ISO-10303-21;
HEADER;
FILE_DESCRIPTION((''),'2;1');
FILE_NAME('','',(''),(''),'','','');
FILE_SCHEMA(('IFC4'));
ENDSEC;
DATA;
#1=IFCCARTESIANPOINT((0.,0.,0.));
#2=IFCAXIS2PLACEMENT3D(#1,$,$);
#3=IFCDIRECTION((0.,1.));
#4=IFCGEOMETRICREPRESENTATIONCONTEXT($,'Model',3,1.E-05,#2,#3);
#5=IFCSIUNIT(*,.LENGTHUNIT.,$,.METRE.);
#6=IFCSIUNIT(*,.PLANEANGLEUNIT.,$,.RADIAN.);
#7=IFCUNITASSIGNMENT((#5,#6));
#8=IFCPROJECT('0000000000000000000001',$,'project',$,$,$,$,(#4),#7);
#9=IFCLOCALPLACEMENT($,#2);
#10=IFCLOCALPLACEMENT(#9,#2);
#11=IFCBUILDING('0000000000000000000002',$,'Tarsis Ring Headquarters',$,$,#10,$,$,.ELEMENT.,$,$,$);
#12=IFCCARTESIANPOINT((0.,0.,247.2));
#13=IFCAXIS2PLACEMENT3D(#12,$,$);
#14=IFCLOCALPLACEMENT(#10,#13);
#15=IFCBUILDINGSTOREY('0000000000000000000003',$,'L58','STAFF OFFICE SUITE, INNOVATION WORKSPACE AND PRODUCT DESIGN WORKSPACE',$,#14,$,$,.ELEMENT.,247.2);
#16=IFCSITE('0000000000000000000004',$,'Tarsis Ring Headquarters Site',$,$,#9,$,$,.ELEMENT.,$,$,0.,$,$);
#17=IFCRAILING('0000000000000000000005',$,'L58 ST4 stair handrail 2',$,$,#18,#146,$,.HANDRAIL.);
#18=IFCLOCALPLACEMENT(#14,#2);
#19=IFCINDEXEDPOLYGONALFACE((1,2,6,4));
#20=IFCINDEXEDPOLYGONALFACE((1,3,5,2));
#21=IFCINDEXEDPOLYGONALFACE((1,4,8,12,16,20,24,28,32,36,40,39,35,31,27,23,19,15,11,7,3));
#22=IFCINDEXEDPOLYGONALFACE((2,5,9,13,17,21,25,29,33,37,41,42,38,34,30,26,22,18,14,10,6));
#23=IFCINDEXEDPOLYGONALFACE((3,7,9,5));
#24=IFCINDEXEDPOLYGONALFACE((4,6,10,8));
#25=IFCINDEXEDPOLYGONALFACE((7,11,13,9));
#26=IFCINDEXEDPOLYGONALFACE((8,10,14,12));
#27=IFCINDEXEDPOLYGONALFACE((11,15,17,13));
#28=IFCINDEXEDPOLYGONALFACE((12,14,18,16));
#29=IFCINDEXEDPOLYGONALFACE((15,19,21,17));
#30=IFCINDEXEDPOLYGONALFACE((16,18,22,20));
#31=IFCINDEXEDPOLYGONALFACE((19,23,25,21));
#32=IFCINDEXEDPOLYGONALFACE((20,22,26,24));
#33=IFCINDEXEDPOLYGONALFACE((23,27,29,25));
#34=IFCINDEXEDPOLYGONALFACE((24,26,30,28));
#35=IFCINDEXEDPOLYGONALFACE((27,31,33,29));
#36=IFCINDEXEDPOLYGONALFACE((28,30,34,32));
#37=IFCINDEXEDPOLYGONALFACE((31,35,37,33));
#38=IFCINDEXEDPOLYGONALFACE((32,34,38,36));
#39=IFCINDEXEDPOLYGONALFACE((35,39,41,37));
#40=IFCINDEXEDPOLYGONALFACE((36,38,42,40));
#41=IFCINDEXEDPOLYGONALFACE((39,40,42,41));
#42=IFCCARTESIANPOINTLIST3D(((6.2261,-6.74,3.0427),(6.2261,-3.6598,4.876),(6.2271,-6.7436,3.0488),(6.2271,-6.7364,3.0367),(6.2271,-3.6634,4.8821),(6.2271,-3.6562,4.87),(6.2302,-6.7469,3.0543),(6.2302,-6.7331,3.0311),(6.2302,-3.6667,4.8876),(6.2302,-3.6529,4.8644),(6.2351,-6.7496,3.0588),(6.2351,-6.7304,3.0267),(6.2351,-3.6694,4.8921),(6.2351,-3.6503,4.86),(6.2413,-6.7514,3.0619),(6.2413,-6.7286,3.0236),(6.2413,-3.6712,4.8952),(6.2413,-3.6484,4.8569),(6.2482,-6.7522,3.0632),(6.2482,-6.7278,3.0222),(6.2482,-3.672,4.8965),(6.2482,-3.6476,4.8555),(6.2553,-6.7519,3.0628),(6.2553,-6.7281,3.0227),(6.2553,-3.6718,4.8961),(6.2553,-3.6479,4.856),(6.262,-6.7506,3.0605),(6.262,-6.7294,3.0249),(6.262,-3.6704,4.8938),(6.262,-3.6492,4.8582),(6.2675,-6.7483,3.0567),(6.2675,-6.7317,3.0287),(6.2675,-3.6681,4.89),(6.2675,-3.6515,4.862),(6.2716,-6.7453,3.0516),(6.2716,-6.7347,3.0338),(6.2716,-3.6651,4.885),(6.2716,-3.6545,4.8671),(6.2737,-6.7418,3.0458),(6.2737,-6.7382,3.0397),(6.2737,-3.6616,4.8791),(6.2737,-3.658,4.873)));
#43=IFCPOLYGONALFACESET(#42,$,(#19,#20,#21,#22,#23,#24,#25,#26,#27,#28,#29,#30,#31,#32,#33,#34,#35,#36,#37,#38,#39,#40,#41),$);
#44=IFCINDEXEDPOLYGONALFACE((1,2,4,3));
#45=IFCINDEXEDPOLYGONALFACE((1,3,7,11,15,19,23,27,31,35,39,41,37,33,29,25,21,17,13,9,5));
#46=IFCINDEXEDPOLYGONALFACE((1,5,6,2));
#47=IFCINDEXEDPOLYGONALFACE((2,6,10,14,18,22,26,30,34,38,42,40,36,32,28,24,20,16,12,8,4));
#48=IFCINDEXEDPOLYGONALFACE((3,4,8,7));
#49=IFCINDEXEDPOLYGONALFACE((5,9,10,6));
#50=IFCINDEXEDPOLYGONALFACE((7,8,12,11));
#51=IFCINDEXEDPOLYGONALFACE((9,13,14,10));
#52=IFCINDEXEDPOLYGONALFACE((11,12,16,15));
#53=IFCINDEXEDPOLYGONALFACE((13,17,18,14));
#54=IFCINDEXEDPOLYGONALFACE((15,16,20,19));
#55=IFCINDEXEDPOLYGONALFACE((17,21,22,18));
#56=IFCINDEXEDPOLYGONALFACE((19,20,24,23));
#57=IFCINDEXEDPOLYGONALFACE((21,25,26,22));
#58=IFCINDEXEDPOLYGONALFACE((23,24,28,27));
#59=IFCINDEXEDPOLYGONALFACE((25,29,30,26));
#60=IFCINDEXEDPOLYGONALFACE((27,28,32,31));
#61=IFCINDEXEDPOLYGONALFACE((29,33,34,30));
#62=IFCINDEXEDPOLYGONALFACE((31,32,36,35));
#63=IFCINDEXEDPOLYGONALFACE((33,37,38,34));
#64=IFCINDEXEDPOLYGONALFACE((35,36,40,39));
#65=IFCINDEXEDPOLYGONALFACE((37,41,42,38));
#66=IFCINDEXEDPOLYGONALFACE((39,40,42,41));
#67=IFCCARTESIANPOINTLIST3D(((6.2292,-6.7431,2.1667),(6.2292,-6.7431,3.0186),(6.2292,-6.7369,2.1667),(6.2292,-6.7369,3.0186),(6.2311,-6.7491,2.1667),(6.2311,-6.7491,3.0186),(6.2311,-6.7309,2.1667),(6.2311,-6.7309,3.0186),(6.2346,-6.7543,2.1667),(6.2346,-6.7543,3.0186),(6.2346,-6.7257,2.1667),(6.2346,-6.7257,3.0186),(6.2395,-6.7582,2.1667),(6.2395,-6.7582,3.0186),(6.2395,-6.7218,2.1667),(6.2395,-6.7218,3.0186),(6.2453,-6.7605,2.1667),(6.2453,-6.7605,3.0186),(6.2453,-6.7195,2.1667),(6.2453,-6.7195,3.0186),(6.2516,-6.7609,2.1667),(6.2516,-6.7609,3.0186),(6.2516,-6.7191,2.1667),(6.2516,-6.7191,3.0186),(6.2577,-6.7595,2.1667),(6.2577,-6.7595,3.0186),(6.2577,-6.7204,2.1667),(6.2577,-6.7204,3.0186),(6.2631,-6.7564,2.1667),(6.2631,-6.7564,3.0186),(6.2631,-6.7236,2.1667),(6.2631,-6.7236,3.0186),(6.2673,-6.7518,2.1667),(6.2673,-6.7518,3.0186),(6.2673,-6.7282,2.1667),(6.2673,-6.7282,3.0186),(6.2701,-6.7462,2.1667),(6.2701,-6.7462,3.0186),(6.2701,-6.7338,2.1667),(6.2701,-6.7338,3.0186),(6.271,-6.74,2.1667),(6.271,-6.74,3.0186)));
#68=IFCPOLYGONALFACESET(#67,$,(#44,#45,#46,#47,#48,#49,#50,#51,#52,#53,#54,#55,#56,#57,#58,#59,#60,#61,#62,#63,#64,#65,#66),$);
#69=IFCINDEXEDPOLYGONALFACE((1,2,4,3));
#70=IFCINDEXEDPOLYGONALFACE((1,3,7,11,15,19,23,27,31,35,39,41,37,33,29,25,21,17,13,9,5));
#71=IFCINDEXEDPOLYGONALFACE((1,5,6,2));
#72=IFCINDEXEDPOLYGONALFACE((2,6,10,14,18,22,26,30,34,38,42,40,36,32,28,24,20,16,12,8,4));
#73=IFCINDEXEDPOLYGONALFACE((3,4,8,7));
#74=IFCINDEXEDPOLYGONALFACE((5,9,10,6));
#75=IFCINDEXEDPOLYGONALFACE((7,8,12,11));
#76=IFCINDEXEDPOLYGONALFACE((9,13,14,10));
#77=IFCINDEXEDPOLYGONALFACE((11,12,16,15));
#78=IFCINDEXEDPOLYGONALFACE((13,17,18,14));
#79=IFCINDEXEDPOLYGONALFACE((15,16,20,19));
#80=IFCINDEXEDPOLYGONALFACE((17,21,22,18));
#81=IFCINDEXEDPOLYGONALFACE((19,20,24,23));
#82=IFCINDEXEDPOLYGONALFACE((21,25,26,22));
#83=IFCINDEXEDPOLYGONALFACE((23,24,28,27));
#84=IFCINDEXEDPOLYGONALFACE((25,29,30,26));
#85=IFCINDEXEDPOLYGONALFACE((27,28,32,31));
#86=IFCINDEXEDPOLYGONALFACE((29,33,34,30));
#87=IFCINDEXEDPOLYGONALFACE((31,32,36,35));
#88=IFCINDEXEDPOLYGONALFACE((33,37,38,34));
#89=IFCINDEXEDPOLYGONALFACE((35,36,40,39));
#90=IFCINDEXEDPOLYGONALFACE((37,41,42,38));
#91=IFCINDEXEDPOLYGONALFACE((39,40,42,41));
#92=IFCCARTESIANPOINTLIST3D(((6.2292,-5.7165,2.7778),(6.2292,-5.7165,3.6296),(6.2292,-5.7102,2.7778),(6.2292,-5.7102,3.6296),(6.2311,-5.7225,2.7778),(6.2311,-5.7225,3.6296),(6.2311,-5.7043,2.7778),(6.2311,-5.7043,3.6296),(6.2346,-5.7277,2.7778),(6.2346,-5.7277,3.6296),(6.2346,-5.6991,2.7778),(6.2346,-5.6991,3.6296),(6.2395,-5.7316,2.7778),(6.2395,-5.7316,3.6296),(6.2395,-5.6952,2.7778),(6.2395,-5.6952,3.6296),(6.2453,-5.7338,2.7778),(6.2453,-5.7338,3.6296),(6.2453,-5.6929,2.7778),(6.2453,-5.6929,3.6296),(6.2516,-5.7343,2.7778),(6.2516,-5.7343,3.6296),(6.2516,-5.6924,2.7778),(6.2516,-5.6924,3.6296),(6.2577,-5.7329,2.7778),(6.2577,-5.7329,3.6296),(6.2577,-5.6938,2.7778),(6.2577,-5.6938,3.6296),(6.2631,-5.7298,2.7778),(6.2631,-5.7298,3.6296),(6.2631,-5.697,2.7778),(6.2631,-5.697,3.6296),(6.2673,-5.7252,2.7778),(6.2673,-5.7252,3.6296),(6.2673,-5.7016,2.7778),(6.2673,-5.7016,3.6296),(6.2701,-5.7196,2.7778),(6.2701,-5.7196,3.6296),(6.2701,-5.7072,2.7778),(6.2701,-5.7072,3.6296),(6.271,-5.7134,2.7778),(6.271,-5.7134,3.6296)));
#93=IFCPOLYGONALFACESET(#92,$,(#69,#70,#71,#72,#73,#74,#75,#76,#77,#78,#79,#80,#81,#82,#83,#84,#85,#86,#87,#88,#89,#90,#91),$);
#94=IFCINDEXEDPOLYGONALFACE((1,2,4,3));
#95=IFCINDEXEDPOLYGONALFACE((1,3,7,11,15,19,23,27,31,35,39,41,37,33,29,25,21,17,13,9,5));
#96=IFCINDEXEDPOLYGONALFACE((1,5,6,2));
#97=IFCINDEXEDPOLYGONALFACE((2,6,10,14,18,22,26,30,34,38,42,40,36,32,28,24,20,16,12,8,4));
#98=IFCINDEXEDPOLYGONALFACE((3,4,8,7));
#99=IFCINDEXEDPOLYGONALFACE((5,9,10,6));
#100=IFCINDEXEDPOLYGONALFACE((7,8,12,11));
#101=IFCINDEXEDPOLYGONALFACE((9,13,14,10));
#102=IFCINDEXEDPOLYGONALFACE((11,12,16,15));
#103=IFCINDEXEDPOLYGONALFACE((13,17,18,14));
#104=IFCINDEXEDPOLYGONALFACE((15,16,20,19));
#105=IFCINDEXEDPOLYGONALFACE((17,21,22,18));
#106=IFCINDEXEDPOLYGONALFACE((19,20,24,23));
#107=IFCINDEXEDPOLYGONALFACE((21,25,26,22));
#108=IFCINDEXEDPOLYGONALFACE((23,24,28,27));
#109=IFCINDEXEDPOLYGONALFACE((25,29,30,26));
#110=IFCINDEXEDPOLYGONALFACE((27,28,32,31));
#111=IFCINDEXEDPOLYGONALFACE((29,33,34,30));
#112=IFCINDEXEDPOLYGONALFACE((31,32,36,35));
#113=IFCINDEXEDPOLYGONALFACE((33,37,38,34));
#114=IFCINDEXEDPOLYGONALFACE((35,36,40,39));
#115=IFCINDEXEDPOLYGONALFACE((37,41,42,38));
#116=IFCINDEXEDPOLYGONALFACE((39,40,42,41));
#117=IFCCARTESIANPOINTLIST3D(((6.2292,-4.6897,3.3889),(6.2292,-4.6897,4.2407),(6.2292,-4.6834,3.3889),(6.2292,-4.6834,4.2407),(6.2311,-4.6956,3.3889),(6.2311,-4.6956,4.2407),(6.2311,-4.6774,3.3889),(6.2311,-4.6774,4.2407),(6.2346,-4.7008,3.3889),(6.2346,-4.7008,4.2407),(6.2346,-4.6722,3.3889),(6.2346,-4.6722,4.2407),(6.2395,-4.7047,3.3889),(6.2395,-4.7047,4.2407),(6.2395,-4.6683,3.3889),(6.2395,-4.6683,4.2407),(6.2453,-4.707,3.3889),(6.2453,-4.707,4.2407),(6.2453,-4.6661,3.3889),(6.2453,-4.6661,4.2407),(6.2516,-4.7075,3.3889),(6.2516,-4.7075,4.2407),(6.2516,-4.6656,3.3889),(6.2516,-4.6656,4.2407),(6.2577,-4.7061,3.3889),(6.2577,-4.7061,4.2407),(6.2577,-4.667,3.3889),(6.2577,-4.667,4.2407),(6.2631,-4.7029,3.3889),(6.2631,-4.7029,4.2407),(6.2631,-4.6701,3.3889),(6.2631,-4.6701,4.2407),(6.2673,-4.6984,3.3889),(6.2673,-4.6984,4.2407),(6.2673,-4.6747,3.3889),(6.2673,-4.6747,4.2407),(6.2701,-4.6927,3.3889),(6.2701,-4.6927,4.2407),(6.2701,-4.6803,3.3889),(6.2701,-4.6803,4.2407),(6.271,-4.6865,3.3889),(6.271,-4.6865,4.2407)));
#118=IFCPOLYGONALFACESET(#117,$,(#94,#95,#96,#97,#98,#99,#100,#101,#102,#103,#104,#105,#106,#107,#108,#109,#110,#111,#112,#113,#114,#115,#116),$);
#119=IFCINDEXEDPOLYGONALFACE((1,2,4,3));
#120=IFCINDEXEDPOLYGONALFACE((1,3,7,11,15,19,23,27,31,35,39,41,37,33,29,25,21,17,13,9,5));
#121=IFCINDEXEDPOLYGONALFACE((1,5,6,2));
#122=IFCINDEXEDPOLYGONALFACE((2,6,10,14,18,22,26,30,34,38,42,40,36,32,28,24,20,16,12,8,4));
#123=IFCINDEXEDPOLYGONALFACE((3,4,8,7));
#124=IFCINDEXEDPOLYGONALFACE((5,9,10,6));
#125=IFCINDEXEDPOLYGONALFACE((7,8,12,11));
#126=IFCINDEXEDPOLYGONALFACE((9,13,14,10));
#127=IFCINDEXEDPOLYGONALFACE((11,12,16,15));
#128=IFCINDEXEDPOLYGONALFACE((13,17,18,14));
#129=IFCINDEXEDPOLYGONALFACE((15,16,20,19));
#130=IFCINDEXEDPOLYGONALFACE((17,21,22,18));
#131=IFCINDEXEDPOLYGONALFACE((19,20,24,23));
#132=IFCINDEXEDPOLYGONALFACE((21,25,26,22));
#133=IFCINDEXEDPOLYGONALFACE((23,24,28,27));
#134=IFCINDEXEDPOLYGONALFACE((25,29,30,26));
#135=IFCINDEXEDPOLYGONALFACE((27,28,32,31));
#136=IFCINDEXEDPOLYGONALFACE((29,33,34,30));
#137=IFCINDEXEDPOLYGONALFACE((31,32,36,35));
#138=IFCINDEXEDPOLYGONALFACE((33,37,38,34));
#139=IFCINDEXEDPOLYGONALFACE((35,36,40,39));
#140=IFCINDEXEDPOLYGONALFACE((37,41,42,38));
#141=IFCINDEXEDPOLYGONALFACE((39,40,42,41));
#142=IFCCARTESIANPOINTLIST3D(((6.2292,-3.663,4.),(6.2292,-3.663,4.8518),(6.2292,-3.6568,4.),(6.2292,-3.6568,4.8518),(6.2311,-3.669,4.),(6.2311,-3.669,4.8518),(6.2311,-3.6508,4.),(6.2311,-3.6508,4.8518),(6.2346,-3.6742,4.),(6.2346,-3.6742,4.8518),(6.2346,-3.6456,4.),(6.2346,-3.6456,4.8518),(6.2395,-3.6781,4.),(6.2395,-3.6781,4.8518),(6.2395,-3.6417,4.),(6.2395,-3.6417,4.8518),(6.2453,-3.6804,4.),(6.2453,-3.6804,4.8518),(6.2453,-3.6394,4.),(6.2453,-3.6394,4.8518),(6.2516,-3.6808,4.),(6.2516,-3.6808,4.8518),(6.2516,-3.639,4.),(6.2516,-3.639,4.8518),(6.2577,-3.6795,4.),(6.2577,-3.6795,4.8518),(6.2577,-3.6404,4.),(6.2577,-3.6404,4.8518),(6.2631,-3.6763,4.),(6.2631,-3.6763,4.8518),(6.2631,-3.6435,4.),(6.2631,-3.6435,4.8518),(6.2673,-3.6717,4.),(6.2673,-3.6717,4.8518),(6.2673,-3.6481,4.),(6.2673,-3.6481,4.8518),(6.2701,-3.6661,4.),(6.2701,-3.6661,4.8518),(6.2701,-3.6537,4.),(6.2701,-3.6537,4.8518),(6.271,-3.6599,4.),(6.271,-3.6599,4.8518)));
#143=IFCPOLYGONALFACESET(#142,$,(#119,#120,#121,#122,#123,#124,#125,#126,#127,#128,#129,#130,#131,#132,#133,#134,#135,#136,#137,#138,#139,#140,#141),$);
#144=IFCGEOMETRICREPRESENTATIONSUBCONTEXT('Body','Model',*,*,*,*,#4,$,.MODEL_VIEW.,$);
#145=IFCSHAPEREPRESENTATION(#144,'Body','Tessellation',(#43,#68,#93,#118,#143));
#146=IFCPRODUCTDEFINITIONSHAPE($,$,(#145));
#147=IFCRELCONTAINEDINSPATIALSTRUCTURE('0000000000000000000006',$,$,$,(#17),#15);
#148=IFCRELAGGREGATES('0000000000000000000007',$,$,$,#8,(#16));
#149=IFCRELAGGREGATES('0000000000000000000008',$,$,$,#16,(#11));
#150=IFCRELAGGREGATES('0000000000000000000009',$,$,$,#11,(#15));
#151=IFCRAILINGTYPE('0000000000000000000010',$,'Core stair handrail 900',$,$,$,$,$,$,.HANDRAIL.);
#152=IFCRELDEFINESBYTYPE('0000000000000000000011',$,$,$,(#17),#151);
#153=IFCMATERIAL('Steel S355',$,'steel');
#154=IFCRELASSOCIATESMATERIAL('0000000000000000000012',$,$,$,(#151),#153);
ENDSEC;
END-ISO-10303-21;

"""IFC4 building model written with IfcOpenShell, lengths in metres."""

from ifc_helpers import new_model, si_unit, direction, frame, origin, origin_2d, place, context, subcontext, project, spatial, circle, extrude, material, type_object, element, save


model = new_model("IFC4")

# Units and contexts
model_context = context("Model", 3, precision=1e-05, world=origin(), true_north=direction((0.0, 1.0)))
body_context = subcontext(model_context, "Body", "Model", "MODEL_VIEW")
ifc_project = project(units=[si_unit("LENGTHUNIT", "METRE"), si_unit("PLANEANGLEUNIT", "RADIAN")], contexts=[model_context])

# Site, building, storey
site_placement = place(None, origin())
site = spatial("IfcSite", under=ifc_project, at=site_placement, Name="Tarsis Ring Headquarters Site", CompositionType="ELEMENT", RefElevation=0.0)
building_placement = place(site_placement, origin())
building = spatial("IfcBuilding", under=site, at=building_placement, Name="Tarsis Ring Headquarters", CompositionType="ELEMENT")
storey_placement = place(building_placement, frame((0.0, 0.0, 247.2)))
storey = spatial("IfcBuildingStorey", under=building, at=storey_placement, Name="L58", Description="STAFF OFFICE SUITE, INNOVATION WORKSPACE AND PRODUCT DESIGN WORKSPACE", CompositionType="ELEMENT", Elevation=247.2)

# Shared definitions
ifc_material_1 = material(Name="Steel S355", Category="steel")

# Railing
railing_type_1 = type_object("IfcRailingType", Name="Core stair handrail 900", PredefinedType="HANDRAIL", material=ifc_material_1)
for number, where, name in (
    (1, (6.25, -6.74, 2.1667), "L58 ST4 stair handrail 2"),
):
    element("IfcRailing", number, at=place(storey_placement, frame(where)), inside=storey, type_object=railing_type_1, Name=name, PredefinedType="HANDRAIL", context=body_context, shape_type="SweptSolid", body=[
        extrude(circle(Radius=0.0239, at=origin_2d()), frame((0.0, 0.0, 0.876), z_axis=(0.0, 0.859309, 0.511458), x_axis=(-1.0, 0.0, 0.0)), (0.0, 0.0, 1.0), 3.5845),
        extrude(circle(Radius=0.021, at=origin_2d()), origin(), (0.0, 0.0, 1.0), 0.8518),
        extrude(circle(Radius=0.021, at=origin_2d()), frame((0.0, 1.0266, 0.6111)), (0.0, 0.0, 1.0), 0.8518),
        extrude(circle(Radius=0.021, at=origin_2d()), frame((0.0, 2.0535, 1.2222)), (0.0, 0.0, 1.0), 0.8518),
        extrude(circle(Radius=0.021, at=origin_2d()), frame((0.0, 3.0801, 1.8333)), (0.0, 0.0, 1.0), 0.8518),
    ])

save(model, "model.ifc")
